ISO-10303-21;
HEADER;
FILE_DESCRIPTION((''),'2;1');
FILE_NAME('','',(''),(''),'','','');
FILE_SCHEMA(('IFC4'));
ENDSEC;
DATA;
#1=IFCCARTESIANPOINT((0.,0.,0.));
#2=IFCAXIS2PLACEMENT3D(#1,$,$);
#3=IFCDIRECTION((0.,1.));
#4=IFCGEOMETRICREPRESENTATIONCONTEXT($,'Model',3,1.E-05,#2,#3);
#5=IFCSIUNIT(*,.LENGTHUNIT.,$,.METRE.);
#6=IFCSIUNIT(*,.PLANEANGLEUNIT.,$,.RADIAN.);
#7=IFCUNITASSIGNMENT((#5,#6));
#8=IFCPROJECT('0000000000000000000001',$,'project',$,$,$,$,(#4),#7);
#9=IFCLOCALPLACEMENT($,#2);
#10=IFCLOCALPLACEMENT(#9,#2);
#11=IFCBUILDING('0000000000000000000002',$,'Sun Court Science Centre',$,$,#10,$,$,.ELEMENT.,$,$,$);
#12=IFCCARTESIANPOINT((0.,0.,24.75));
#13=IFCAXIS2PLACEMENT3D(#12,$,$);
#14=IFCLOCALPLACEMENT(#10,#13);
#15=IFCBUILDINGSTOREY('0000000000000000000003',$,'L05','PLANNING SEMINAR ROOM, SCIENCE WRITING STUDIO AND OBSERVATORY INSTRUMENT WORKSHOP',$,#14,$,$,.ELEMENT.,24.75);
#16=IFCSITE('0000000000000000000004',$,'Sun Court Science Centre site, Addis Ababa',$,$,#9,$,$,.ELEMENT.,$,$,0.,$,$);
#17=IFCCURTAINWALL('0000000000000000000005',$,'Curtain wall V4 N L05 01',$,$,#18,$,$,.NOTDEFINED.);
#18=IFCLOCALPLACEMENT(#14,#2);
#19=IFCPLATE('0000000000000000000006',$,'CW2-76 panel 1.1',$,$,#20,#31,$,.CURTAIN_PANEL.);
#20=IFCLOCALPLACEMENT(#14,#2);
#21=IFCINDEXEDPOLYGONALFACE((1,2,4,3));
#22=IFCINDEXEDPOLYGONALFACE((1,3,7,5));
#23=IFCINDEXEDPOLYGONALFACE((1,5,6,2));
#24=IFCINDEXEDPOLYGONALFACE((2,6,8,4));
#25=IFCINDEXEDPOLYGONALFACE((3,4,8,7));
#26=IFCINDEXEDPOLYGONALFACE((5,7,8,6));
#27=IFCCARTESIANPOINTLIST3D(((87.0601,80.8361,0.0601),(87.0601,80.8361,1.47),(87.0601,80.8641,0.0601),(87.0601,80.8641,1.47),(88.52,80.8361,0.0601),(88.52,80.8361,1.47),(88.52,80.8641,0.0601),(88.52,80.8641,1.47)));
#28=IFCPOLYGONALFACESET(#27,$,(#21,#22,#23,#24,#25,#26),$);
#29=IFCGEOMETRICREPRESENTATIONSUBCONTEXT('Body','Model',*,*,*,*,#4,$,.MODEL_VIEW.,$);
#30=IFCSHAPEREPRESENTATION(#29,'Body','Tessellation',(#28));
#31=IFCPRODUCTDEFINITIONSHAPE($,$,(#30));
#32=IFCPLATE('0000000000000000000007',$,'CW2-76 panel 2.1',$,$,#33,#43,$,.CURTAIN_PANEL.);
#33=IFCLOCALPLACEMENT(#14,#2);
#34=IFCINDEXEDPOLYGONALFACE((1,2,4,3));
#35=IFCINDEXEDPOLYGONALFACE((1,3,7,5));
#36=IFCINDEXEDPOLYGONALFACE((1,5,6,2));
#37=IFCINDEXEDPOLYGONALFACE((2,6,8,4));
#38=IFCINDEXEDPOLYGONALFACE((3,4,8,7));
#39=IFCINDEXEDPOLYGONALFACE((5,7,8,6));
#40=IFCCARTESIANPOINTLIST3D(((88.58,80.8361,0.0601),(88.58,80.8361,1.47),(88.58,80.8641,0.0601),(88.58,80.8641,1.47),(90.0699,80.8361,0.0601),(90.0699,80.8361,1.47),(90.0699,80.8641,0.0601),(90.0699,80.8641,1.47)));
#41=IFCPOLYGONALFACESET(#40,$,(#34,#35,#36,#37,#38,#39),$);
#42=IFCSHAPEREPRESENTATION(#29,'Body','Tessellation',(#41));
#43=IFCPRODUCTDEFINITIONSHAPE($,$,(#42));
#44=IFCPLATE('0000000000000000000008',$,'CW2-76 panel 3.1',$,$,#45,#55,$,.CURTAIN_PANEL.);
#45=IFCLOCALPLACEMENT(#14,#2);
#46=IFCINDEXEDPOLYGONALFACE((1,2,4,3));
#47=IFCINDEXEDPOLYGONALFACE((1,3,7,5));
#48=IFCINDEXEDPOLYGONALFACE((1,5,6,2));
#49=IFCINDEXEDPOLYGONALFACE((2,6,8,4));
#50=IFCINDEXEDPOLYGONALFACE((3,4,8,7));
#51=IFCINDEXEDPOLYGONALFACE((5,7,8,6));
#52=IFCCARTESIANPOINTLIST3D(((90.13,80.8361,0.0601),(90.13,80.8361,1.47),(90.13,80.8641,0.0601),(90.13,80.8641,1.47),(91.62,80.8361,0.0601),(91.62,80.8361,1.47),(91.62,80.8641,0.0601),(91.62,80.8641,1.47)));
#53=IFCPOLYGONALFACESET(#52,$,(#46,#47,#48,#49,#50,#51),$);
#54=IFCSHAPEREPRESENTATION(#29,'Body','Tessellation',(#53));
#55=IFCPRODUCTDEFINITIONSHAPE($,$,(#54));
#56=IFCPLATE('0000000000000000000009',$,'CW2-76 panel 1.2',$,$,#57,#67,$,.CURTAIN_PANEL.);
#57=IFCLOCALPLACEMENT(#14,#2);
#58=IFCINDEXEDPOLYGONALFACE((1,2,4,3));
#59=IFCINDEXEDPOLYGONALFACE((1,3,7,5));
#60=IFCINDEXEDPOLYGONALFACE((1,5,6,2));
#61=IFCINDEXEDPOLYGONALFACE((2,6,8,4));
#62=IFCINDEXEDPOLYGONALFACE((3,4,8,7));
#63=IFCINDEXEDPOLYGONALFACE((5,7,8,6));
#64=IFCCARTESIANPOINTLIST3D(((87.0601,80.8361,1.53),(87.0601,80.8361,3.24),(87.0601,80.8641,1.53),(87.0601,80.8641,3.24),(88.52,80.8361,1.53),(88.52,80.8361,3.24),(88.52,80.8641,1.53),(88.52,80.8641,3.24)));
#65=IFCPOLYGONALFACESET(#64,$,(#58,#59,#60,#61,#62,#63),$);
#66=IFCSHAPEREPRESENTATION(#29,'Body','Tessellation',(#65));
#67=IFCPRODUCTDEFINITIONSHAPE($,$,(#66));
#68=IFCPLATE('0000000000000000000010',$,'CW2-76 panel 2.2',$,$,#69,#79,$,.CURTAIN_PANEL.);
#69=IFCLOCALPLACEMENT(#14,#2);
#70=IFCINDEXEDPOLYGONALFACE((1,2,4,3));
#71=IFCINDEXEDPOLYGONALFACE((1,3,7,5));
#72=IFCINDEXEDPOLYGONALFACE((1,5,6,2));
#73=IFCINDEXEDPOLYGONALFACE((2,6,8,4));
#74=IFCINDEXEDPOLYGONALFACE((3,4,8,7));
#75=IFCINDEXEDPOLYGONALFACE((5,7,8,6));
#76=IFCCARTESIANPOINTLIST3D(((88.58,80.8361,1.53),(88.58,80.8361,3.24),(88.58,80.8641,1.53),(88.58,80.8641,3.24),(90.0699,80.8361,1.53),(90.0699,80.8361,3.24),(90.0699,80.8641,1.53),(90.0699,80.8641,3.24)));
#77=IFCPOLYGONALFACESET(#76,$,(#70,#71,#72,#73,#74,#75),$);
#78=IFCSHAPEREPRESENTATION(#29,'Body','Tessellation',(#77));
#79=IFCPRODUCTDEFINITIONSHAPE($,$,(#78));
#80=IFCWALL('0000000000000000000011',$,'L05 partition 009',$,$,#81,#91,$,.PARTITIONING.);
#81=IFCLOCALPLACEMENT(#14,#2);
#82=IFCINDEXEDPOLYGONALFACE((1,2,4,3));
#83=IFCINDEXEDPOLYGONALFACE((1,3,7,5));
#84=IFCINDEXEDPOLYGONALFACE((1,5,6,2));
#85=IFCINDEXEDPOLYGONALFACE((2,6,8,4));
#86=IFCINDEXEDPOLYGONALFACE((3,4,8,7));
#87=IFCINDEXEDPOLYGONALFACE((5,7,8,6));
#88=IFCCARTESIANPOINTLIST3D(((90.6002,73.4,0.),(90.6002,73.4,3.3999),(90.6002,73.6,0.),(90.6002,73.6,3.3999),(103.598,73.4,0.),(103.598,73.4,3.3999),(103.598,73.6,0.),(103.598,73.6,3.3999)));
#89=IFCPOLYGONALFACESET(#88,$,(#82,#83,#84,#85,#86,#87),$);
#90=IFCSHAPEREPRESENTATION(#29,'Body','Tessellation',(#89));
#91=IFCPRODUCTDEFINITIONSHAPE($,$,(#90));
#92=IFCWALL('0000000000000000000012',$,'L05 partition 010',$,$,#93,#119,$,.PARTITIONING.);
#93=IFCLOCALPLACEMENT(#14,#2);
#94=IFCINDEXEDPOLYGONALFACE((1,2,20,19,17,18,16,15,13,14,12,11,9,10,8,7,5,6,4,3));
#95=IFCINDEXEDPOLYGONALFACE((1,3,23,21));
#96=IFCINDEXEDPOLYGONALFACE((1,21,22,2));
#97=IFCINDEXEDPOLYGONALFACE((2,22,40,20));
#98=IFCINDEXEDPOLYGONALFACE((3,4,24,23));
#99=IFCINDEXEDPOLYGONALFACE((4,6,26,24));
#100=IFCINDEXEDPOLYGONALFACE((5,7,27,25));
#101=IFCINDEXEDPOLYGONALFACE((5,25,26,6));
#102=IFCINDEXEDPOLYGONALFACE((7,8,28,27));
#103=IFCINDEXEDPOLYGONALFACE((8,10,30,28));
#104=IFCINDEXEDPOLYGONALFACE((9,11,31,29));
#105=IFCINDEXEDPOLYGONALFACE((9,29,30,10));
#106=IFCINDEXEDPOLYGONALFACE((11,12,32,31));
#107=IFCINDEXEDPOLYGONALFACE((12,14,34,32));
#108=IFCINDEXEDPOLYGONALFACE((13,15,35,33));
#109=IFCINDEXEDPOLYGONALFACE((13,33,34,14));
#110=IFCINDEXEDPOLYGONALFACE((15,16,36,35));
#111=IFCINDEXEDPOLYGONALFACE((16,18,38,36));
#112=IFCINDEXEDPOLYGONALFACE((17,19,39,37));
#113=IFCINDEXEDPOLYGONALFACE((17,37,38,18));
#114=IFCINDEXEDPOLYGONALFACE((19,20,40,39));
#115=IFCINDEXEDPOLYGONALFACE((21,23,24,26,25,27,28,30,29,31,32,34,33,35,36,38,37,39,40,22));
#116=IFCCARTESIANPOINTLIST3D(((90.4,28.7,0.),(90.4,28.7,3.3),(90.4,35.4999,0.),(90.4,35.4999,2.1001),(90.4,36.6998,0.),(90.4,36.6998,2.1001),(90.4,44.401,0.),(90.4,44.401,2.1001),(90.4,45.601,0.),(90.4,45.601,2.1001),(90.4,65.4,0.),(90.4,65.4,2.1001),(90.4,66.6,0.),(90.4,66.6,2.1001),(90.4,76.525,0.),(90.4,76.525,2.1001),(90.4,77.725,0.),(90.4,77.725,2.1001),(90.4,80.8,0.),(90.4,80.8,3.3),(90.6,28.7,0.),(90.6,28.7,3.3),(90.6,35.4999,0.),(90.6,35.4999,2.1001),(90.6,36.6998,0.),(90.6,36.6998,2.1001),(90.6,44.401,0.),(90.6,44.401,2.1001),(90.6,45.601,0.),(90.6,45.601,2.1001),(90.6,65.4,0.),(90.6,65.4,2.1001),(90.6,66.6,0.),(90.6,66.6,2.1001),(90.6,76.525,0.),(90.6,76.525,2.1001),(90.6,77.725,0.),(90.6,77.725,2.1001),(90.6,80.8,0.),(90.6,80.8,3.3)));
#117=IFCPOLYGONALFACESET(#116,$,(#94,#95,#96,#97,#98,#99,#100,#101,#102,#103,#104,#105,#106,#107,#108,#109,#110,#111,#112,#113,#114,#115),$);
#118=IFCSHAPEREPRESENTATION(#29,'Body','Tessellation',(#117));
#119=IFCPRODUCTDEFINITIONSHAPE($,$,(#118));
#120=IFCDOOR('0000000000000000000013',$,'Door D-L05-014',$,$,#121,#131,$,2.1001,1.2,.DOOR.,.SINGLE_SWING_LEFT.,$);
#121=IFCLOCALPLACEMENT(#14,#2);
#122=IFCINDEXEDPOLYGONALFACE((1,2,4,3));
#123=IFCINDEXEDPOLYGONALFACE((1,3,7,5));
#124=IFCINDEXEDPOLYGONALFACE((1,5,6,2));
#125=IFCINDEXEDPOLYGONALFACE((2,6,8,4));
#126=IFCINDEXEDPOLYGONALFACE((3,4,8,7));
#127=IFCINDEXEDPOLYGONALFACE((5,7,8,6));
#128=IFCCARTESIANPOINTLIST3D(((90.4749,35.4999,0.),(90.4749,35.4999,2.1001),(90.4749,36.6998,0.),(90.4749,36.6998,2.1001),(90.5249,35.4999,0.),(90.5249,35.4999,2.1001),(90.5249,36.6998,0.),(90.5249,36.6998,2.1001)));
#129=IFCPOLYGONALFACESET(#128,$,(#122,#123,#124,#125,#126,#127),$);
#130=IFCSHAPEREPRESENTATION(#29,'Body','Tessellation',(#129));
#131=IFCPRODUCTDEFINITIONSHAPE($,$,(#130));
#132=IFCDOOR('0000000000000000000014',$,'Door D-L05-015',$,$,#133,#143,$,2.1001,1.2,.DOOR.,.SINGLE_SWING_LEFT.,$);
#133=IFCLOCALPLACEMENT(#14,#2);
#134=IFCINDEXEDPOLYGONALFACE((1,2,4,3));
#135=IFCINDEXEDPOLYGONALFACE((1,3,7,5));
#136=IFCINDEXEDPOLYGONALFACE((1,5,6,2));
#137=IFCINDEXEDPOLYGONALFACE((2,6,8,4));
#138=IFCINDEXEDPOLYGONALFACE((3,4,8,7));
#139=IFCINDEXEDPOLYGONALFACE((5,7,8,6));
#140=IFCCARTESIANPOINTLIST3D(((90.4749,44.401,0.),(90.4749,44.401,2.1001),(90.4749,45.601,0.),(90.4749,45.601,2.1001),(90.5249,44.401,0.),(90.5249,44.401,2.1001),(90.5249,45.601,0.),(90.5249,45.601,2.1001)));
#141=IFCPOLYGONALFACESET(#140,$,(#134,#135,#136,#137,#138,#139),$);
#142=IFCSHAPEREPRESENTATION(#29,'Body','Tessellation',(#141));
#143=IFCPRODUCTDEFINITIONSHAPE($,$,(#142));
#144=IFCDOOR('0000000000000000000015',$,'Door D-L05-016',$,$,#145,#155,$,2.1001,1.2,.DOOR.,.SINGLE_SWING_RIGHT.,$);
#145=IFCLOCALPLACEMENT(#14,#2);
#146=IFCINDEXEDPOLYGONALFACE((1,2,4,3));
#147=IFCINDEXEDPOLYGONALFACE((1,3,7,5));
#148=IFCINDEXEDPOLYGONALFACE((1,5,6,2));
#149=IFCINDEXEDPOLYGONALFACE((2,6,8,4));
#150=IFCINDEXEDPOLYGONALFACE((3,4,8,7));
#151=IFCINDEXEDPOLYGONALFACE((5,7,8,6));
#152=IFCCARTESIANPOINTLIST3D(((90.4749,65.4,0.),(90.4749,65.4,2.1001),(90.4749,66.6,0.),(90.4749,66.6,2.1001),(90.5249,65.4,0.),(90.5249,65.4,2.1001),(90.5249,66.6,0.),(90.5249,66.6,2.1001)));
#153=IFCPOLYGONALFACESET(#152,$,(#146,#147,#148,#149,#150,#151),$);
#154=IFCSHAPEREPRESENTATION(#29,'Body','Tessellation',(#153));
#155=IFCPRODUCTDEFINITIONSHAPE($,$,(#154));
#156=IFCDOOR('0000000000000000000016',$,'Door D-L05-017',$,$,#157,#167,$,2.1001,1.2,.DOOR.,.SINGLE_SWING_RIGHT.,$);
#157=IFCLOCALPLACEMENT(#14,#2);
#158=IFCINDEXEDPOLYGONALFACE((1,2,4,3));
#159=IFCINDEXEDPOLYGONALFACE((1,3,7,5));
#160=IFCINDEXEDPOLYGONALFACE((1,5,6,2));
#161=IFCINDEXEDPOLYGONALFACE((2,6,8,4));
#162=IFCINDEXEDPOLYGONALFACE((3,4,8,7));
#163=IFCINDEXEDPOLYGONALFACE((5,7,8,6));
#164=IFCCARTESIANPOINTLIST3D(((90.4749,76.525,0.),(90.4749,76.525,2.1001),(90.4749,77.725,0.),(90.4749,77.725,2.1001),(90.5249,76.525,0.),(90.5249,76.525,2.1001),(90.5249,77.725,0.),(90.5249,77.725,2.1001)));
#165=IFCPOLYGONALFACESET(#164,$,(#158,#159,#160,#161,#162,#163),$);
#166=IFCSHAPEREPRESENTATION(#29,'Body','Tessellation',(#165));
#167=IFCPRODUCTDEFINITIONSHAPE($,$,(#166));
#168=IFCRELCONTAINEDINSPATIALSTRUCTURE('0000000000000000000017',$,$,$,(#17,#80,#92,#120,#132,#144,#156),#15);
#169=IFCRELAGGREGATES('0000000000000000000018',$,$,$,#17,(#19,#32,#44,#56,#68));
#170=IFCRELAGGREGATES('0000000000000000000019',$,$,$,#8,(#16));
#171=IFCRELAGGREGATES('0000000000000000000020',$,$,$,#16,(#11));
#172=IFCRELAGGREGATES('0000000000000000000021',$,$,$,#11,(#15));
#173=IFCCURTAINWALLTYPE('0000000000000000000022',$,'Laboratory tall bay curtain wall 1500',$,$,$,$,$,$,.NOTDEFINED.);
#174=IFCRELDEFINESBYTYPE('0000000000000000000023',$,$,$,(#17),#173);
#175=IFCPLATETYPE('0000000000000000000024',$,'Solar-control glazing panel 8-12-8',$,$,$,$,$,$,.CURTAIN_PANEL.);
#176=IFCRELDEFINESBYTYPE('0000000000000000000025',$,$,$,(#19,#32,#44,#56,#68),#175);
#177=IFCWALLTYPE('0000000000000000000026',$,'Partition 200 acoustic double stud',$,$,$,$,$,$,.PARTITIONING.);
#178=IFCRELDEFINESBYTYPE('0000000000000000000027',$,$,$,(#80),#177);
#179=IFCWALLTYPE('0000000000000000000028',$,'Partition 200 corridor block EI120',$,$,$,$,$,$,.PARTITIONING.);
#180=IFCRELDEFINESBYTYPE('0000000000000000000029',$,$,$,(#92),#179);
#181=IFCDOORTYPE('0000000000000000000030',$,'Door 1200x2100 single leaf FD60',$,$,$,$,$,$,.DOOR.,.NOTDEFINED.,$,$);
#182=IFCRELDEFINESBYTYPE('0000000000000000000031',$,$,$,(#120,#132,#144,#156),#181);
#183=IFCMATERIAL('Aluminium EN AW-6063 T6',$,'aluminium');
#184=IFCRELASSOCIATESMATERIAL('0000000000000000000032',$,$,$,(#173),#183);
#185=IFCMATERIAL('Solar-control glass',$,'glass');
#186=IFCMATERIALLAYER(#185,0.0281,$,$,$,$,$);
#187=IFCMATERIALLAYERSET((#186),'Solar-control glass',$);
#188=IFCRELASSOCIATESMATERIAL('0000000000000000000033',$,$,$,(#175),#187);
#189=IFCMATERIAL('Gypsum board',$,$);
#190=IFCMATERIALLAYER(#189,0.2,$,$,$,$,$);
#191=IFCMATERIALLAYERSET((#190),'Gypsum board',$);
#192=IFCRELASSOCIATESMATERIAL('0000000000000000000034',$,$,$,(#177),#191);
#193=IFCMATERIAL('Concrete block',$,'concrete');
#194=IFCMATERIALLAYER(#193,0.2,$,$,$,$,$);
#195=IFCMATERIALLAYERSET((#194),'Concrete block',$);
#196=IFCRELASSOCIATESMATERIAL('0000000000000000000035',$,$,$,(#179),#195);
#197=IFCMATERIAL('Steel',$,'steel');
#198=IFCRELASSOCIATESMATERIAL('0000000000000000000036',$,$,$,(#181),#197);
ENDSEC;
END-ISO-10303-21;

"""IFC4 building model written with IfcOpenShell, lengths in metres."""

from ifc_helpers import new_model, si_unit, direction, frame, frame_2d, origin, origin_2d, place, context, subcontext, project, spatial, rectangle, extrude, material, layer, layer_set, type_object, element, fill, aggregate, save


model = new_model("IFC4")

# Units and contexts
model_context = context("Model", 3, precision=1e-05, world=origin(), true_north=direction((0.0, 1.0)))
body_context = subcontext(model_context, "Body", "Model", "MODEL_VIEW")
ifc_project = project(units=[si_unit("LENGTHUNIT", "METRE"), si_unit("PLANEANGLEUNIT", "RADIAN")], contexts=[model_context])

# Site, building, storey
site_placement = place(None, origin())
site = spatial("IfcSite", under=ifc_project, at=site_placement, Name="Sun Court Science Centre site, Addis Ababa", CompositionType="ELEMENT", RefElevation=0.0)
building_placement = place(site_placement, origin())
building = spatial("IfcBuilding", under=site, at=building_placement, Name="Sun Court Science Centre", CompositionType="ELEMENT")
storey_placement = place(building_placement, frame((0.0, 0.0, 24.75)))
storey = spatial("IfcBuildingStorey", under=building, at=storey_placement, Name="L05", Description="PLANNING SEMINAR ROOM, SCIENCE WRITING STUDIO AND OBSERVATORY INSTRUMENT WORKSHOP", CompositionType="ELEMENT", Elevation=24.75)

# Curtain wall
ifc_material_1 = material(Name="Aluminium EN AW-6063 T6", Category="aluminium")
curtain_wall_type = type_object("IfcCurtainWallType", Name="Laboratory tall bay curtain wall 1500", PredefinedType="NOTDEFINED", material=ifc_material_1)
curtain_wall_placement = place(storey_placement, origin())
curtain_wall = element("IfcCurtainWall", 1, at=curtain_wall_placement, inside=storey, type_object=curtain_wall_type, Name="Curtain wall V4 N L05 01", PredefinedType="NOTDEFINED")

# Plates
ifc_material_2 = material(Name="Solar-control glass", Category="glass")
ifc_layer_1 = layer(ifc_material_2, 0.0281)
ifc_layer_set_1 = layer_set([ifc_layer_1], Name="Solar-control glass")
plate_type = type_object("IfcPlateType", Name="Solar-control glazing panel 8-12-8", PredefinedType="CURTAIN_PANEL", material=ifc_layer_set_1)
plate_1_placement = place(storey_placement, frame((87.79, 80.8501, 0.0601), z_axis=(0.0, 0.0, 1.0), x_axis=(1.0, 0.0, 0.0)))
plate_1 = element("IfcPlate", 2, at=plate_1_placement, type_object=plate_type, Name="CW2-76 panel 1.1", PredefinedType="CURTAIN_PANEL", context=body_context, shape_type="SweptSolid", body=[
    extrude(rectangle(XDim=1.46, YDim=0.0281, at=origin_2d()), origin(), (0.0, 0.0, 1.0), 1.4099),
])
plate_2_placement = place(storey_placement, frame((89.325, 80.8501, 0.0601), z_axis=(0.0, 0.0, 1.0), x_axis=(1.0, 0.0, 0.0)))
plate_2 = element("IfcPlate", 3, at=plate_2_placement, type_object=plate_type, Name="CW2-76 panel 2.1", PredefinedType="CURTAIN_PANEL", context=body_context, shape_type="SweptSolid", body=[
    extrude(rectangle(XDim=1.49, YDim=0.0281, at=origin_2d()), origin(), (0.0, 0.0, 1.0), 1.4099),
])
plate_3_placement = place(storey_placement, frame((90.875, 80.8501, 0.0601), z_axis=(0.0, 0.0, 1.0), x_axis=(1.0, 0.0, 0.0)))
plate_3 = element("IfcPlate", 4, at=plate_3_placement, type_object=plate_type, Name="CW2-76 panel 3.1", PredefinedType="CURTAIN_PANEL", context=body_context, shape_type="SweptSolid", body=[
    extrude(rectangle(XDim=1.49, YDim=0.0281, at=origin_2d()), origin(), (0.0, 0.0, 1.0), 1.4099),
])
plate_4_placement = place(storey_placement, frame((87.79, 80.8501, 1.53), z_axis=(0.0, 0.0, 1.0), x_axis=(1.0, 0.0, 0.0)))
plate_4 = element("IfcPlate", 5, at=plate_4_placement, type_object=plate_type, Name="CW2-76 panel 1.2", PredefinedType="CURTAIN_PANEL", context=body_context, shape_type="SweptSolid", body=[
    extrude(rectangle(XDim=1.46, YDim=0.0281, at=origin_2d()), origin(), (0.0, 0.0, 1.0), 1.71),
])
plate_5_placement = place(storey_placement, frame((89.325, 80.8501, 1.53), z_axis=(0.0, 0.0, 1.0), x_axis=(1.0, 0.0, 0.0)))
plate_5 = element("IfcPlate", 6, at=plate_5_placement, type_object=plate_type, Name="CW2-76 panel 2.2", PredefinedType="CURTAIN_PANEL", context=body_context, shape_type="SweptSolid", body=[
    extrude(rectangle(XDim=1.49, YDim=0.0281, at=origin_2d()), origin(), (0.0, 0.0, 1.0), 1.71),
])
aggregate(curtain_wall, [plate_1, plate_2, plate_3, plate_4, plate_5])

# Wall
ifc_material_3 = material(Name="Gypsum board")
ifc_layer_2 = layer(ifc_material_3, 0.2)
ifc_layer_set_2 = layer_set([ifc_layer_2], Name="Gypsum board")
wall_type_1 = type_object("IfcWallType", Name="Partition 200 acoustic double stud", PredefinedType="PARTITIONING", material=ifc_layer_set_2)
wall_1_placement = place(storey_placement, frame((90.6001, 73.5, 0.0), z_axis=(0.0, 0.0, 1.0), x_axis=(1.0, 0.0, 0.0)))
element("IfcWall", 7, at=wall_1_placement, inside=storey, type_object=wall_type_1, Name="L05 partition 009", PredefinedType="PARTITIONING", context=body_context, shape_type="SweptSolid", body=[
    extrude(rectangle(XDim=12.9978, YDim=0.2, at=frame_2d((6.499, 0.0))), origin(), (0.0, 0.0, 1.0), 3.3999),
])

# Wall, openings, doors
ifc_material_4 = material(Name="Concrete block", Category="concrete")
ifc_layer_3 = layer(ifc_material_4, 0.2)
ifc_layer_set_3 = layer_set([ifc_layer_3], Name="Concrete block")
wall_type_2 = type_object("IfcWallType", Name="Partition 200 corridor block EI120", PredefinedType="PARTITIONING", material=ifc_layer_set_3)
wall_2_placement = place(storey_placement, frame((90.5, 80.8, 0.0), z_axis=(0.0, 0.0, 1.0), x_axis=(0.0, -1.0, 0.0)))
wall_2 = element("IfcWall", 8, at=wall_2_placement, inside=storey, type_object=wall_type_2, Name="L05 partition 010", PredefinedType="PARTITIONING", context=body_context, shape_type="SweptSolid", body=[
    extrude(rectangle(XDim=52.1001, YDim=0.2, at=frame_2d((26.05, 0.0))), origin(), (0.0, 0.0, 1.0), 3.3),
])
opening_1_placement = place(wall_2_placement, frame((44.1001, 0.0, 0.0)))
opening_1 = element("IfcOpeningElement", 9, at=opening_1_placement, cuts=wall_2, PredefinedType="OPENING", context=body_context, shape_type="SweptSolid", body=[
    extrude(rectangle(XDim=1.2, YDim=2.1001, at=frame_2d((0.6001, 1.05))), frame((0.0, 0.1099, 0.0), z_axis=(0.0, -1.0, 0.0), x_axis=(1.0, 0.0, 0.0)), (0.0, 0.0, 1.0), 0.22),
])
opening_2_placement = place(wall_2_placement, frame((35.199, 0.0, 0.0)))
opening_2 = element("IfcOpeningElement", 10, at=opening_2_placement, cuts=wall_2, PredefinedType="OPENING", context=body_context, shape_type="SweptSolid", body=[
    extrude(rectangle(XDim=1.2, YDim=2.1001, at=frame_2d((0.6001, 1.05))), frame((0.0, 0.1099, 0.0), z_axis=(0.0, -1.0, 0.0), x_axis=(1.0, 0.0, 0.0)), (0.0, 0.0, 1.0), 0.22),
])
opening_3_placement = place(wall_2_placement, frame((14.2, 0.0, 0.0)))
opening_3 = element("IfcOpeningElement", 11, at=opening_3_placement, cuts=wall_2, PredefinedType="OPENING", context=body_context, shape_type="SweptSolid", body=[
    extrude(rectangle(XDim=1.2, YDim=2.1001, at=frame_2d((0.6001, 1.05))), frame((0.0, 0.1099, 0.0), z_axis=(0.0, -1.0, 0.0), x_axis=(1.0, 0.0, 0.0)), (0.0, 0.0, 1.0), 0.22),
])
opening_4_placement = place(wall_2_placement, frame((3.075, 0.0, 0.0)))
opening_4 = element("IfcOpeningElement", 12, at=opening_4_placement, cuts=wall_2, PredefinedType="OPENING", context=body_context, shape_type="SweptSolid", body=[
    extrude(rectangle(XDim=1.2, YDim=2.1001, at=frame_2d((0.6001, 1.05))), frame((0.0, 0.1099, 0.0), z_axis=(0.0, -1.0, 0.0), x_axis=(1.0, 0.0, 0.0)), (0.0, 0.0, 1.0), 0.22),
])
ifc_material_5 = material(Name="Steel", Category="steel")
door_type = type_object("IfcDoorType", Name="Door 1200x2100 single leaf FD60", OperationType="NOTDEFINED", PredefinedType="DOOR", material=ifc_material_5)
door_1_placement = place(opening_1_placement, origin())
door_1 = element("IfcDoor", 13, at=door_1_placement, inside=storey, type_object=door_type, Name="Door D-L05-014", OperationType="SINGLE_SWING_LEFT", OverallHeight=2.1001, OverallWidth=1.2, PredefinedType="DOOR", context=body_context, shape_type="SweptSolid", body=[
    extrude(rectangle(XDim=1.2, YDim=2.1001, at=frame_2d((0.6001, 1.05))), frame((0.0, 0.0249, 0.0), z_axis=(0.0, -1.0, 0.0), x_axis=(1.0, 0.0, 0.0)), (0.0, 0.0, 1.0), 0.05),
])
fill(opening_1, door_1)
door_2_placement = place(opening_2_placement, origin())
door_2 = element("IfcDoor", 14, at=door_2_placement, inside=storey, type_object=door_type, Name="Door D-L05-015", OperationType="SINGLE_SWING_LEFT", OverallHeight=2.1001, OverallWidth=1.2, PredefinedType="DOOR", context=body_context, shape_type="SweptSolid", body=[
    extrude(rectangle(XDim=1.2, YDim=2.1001, at=frame_2d((0.6001, 1.05))), frame((0.0, 0.0249, 0.0), z_axis=(0.0, -1.0, 0.0), x_axis=(1.0, 0.0, 0.0)), (0.0, 0.0, 1.0), 0.05),
])
fill(opening_2, door_2)
door_3_placement = place(opening_3_placement, origin())
door_3 = element("IfcDoor", 15, at=door_3_placement, inside=storey, type_object=door_type, Name="Door D-L05-016", OperationType="SINGLE_SWING_RIGHT", OverallHeight=2.1001, OverallWidth=1.2, PredefinedType="DOOR", context=body_context, shape_type="SweptSolid", body=[
    extrude(rectangle(XDim=1.2, YDim=2.1001, at=frame_2d((0.6001, 1.05))), frame((0.0, 0.0249, 0.0), z_axis=(0.0, -1.0, 0.0), x_axis=(1.0, 0.0, 0.0)), (0.0, 0.0, 1.0), 0.05),
])
fill(opening_3, door_3)
door_4_placement = place(opening_4_placement, origin())
door_4 = element("IfcDoor", 16, at=door_4_placement, inside=storey, type_object=door_type, Name="Door D-L05-017", OperationType="SINGLE_SWING_RIGHT", OverallHeight=2.1001, OverallWidth=1.2, PredefinedType="DOOR", context=body_context, shape_type="SweptSolid", body=[
    extrude(rectangle(XDim=1.2, YDim=2.1001, at=frame_2d((0.6001, 1.05))), frame((0.0, 0.0249, 0.0), z_axis=(0.0, -1.0, 0.0), x_axis=(1.0, 0.0, 0.0)), (0.0, 0.0, 1.0), 0.05),
])
fill(opening_4, door_4)

save(model, "model.ifc")
